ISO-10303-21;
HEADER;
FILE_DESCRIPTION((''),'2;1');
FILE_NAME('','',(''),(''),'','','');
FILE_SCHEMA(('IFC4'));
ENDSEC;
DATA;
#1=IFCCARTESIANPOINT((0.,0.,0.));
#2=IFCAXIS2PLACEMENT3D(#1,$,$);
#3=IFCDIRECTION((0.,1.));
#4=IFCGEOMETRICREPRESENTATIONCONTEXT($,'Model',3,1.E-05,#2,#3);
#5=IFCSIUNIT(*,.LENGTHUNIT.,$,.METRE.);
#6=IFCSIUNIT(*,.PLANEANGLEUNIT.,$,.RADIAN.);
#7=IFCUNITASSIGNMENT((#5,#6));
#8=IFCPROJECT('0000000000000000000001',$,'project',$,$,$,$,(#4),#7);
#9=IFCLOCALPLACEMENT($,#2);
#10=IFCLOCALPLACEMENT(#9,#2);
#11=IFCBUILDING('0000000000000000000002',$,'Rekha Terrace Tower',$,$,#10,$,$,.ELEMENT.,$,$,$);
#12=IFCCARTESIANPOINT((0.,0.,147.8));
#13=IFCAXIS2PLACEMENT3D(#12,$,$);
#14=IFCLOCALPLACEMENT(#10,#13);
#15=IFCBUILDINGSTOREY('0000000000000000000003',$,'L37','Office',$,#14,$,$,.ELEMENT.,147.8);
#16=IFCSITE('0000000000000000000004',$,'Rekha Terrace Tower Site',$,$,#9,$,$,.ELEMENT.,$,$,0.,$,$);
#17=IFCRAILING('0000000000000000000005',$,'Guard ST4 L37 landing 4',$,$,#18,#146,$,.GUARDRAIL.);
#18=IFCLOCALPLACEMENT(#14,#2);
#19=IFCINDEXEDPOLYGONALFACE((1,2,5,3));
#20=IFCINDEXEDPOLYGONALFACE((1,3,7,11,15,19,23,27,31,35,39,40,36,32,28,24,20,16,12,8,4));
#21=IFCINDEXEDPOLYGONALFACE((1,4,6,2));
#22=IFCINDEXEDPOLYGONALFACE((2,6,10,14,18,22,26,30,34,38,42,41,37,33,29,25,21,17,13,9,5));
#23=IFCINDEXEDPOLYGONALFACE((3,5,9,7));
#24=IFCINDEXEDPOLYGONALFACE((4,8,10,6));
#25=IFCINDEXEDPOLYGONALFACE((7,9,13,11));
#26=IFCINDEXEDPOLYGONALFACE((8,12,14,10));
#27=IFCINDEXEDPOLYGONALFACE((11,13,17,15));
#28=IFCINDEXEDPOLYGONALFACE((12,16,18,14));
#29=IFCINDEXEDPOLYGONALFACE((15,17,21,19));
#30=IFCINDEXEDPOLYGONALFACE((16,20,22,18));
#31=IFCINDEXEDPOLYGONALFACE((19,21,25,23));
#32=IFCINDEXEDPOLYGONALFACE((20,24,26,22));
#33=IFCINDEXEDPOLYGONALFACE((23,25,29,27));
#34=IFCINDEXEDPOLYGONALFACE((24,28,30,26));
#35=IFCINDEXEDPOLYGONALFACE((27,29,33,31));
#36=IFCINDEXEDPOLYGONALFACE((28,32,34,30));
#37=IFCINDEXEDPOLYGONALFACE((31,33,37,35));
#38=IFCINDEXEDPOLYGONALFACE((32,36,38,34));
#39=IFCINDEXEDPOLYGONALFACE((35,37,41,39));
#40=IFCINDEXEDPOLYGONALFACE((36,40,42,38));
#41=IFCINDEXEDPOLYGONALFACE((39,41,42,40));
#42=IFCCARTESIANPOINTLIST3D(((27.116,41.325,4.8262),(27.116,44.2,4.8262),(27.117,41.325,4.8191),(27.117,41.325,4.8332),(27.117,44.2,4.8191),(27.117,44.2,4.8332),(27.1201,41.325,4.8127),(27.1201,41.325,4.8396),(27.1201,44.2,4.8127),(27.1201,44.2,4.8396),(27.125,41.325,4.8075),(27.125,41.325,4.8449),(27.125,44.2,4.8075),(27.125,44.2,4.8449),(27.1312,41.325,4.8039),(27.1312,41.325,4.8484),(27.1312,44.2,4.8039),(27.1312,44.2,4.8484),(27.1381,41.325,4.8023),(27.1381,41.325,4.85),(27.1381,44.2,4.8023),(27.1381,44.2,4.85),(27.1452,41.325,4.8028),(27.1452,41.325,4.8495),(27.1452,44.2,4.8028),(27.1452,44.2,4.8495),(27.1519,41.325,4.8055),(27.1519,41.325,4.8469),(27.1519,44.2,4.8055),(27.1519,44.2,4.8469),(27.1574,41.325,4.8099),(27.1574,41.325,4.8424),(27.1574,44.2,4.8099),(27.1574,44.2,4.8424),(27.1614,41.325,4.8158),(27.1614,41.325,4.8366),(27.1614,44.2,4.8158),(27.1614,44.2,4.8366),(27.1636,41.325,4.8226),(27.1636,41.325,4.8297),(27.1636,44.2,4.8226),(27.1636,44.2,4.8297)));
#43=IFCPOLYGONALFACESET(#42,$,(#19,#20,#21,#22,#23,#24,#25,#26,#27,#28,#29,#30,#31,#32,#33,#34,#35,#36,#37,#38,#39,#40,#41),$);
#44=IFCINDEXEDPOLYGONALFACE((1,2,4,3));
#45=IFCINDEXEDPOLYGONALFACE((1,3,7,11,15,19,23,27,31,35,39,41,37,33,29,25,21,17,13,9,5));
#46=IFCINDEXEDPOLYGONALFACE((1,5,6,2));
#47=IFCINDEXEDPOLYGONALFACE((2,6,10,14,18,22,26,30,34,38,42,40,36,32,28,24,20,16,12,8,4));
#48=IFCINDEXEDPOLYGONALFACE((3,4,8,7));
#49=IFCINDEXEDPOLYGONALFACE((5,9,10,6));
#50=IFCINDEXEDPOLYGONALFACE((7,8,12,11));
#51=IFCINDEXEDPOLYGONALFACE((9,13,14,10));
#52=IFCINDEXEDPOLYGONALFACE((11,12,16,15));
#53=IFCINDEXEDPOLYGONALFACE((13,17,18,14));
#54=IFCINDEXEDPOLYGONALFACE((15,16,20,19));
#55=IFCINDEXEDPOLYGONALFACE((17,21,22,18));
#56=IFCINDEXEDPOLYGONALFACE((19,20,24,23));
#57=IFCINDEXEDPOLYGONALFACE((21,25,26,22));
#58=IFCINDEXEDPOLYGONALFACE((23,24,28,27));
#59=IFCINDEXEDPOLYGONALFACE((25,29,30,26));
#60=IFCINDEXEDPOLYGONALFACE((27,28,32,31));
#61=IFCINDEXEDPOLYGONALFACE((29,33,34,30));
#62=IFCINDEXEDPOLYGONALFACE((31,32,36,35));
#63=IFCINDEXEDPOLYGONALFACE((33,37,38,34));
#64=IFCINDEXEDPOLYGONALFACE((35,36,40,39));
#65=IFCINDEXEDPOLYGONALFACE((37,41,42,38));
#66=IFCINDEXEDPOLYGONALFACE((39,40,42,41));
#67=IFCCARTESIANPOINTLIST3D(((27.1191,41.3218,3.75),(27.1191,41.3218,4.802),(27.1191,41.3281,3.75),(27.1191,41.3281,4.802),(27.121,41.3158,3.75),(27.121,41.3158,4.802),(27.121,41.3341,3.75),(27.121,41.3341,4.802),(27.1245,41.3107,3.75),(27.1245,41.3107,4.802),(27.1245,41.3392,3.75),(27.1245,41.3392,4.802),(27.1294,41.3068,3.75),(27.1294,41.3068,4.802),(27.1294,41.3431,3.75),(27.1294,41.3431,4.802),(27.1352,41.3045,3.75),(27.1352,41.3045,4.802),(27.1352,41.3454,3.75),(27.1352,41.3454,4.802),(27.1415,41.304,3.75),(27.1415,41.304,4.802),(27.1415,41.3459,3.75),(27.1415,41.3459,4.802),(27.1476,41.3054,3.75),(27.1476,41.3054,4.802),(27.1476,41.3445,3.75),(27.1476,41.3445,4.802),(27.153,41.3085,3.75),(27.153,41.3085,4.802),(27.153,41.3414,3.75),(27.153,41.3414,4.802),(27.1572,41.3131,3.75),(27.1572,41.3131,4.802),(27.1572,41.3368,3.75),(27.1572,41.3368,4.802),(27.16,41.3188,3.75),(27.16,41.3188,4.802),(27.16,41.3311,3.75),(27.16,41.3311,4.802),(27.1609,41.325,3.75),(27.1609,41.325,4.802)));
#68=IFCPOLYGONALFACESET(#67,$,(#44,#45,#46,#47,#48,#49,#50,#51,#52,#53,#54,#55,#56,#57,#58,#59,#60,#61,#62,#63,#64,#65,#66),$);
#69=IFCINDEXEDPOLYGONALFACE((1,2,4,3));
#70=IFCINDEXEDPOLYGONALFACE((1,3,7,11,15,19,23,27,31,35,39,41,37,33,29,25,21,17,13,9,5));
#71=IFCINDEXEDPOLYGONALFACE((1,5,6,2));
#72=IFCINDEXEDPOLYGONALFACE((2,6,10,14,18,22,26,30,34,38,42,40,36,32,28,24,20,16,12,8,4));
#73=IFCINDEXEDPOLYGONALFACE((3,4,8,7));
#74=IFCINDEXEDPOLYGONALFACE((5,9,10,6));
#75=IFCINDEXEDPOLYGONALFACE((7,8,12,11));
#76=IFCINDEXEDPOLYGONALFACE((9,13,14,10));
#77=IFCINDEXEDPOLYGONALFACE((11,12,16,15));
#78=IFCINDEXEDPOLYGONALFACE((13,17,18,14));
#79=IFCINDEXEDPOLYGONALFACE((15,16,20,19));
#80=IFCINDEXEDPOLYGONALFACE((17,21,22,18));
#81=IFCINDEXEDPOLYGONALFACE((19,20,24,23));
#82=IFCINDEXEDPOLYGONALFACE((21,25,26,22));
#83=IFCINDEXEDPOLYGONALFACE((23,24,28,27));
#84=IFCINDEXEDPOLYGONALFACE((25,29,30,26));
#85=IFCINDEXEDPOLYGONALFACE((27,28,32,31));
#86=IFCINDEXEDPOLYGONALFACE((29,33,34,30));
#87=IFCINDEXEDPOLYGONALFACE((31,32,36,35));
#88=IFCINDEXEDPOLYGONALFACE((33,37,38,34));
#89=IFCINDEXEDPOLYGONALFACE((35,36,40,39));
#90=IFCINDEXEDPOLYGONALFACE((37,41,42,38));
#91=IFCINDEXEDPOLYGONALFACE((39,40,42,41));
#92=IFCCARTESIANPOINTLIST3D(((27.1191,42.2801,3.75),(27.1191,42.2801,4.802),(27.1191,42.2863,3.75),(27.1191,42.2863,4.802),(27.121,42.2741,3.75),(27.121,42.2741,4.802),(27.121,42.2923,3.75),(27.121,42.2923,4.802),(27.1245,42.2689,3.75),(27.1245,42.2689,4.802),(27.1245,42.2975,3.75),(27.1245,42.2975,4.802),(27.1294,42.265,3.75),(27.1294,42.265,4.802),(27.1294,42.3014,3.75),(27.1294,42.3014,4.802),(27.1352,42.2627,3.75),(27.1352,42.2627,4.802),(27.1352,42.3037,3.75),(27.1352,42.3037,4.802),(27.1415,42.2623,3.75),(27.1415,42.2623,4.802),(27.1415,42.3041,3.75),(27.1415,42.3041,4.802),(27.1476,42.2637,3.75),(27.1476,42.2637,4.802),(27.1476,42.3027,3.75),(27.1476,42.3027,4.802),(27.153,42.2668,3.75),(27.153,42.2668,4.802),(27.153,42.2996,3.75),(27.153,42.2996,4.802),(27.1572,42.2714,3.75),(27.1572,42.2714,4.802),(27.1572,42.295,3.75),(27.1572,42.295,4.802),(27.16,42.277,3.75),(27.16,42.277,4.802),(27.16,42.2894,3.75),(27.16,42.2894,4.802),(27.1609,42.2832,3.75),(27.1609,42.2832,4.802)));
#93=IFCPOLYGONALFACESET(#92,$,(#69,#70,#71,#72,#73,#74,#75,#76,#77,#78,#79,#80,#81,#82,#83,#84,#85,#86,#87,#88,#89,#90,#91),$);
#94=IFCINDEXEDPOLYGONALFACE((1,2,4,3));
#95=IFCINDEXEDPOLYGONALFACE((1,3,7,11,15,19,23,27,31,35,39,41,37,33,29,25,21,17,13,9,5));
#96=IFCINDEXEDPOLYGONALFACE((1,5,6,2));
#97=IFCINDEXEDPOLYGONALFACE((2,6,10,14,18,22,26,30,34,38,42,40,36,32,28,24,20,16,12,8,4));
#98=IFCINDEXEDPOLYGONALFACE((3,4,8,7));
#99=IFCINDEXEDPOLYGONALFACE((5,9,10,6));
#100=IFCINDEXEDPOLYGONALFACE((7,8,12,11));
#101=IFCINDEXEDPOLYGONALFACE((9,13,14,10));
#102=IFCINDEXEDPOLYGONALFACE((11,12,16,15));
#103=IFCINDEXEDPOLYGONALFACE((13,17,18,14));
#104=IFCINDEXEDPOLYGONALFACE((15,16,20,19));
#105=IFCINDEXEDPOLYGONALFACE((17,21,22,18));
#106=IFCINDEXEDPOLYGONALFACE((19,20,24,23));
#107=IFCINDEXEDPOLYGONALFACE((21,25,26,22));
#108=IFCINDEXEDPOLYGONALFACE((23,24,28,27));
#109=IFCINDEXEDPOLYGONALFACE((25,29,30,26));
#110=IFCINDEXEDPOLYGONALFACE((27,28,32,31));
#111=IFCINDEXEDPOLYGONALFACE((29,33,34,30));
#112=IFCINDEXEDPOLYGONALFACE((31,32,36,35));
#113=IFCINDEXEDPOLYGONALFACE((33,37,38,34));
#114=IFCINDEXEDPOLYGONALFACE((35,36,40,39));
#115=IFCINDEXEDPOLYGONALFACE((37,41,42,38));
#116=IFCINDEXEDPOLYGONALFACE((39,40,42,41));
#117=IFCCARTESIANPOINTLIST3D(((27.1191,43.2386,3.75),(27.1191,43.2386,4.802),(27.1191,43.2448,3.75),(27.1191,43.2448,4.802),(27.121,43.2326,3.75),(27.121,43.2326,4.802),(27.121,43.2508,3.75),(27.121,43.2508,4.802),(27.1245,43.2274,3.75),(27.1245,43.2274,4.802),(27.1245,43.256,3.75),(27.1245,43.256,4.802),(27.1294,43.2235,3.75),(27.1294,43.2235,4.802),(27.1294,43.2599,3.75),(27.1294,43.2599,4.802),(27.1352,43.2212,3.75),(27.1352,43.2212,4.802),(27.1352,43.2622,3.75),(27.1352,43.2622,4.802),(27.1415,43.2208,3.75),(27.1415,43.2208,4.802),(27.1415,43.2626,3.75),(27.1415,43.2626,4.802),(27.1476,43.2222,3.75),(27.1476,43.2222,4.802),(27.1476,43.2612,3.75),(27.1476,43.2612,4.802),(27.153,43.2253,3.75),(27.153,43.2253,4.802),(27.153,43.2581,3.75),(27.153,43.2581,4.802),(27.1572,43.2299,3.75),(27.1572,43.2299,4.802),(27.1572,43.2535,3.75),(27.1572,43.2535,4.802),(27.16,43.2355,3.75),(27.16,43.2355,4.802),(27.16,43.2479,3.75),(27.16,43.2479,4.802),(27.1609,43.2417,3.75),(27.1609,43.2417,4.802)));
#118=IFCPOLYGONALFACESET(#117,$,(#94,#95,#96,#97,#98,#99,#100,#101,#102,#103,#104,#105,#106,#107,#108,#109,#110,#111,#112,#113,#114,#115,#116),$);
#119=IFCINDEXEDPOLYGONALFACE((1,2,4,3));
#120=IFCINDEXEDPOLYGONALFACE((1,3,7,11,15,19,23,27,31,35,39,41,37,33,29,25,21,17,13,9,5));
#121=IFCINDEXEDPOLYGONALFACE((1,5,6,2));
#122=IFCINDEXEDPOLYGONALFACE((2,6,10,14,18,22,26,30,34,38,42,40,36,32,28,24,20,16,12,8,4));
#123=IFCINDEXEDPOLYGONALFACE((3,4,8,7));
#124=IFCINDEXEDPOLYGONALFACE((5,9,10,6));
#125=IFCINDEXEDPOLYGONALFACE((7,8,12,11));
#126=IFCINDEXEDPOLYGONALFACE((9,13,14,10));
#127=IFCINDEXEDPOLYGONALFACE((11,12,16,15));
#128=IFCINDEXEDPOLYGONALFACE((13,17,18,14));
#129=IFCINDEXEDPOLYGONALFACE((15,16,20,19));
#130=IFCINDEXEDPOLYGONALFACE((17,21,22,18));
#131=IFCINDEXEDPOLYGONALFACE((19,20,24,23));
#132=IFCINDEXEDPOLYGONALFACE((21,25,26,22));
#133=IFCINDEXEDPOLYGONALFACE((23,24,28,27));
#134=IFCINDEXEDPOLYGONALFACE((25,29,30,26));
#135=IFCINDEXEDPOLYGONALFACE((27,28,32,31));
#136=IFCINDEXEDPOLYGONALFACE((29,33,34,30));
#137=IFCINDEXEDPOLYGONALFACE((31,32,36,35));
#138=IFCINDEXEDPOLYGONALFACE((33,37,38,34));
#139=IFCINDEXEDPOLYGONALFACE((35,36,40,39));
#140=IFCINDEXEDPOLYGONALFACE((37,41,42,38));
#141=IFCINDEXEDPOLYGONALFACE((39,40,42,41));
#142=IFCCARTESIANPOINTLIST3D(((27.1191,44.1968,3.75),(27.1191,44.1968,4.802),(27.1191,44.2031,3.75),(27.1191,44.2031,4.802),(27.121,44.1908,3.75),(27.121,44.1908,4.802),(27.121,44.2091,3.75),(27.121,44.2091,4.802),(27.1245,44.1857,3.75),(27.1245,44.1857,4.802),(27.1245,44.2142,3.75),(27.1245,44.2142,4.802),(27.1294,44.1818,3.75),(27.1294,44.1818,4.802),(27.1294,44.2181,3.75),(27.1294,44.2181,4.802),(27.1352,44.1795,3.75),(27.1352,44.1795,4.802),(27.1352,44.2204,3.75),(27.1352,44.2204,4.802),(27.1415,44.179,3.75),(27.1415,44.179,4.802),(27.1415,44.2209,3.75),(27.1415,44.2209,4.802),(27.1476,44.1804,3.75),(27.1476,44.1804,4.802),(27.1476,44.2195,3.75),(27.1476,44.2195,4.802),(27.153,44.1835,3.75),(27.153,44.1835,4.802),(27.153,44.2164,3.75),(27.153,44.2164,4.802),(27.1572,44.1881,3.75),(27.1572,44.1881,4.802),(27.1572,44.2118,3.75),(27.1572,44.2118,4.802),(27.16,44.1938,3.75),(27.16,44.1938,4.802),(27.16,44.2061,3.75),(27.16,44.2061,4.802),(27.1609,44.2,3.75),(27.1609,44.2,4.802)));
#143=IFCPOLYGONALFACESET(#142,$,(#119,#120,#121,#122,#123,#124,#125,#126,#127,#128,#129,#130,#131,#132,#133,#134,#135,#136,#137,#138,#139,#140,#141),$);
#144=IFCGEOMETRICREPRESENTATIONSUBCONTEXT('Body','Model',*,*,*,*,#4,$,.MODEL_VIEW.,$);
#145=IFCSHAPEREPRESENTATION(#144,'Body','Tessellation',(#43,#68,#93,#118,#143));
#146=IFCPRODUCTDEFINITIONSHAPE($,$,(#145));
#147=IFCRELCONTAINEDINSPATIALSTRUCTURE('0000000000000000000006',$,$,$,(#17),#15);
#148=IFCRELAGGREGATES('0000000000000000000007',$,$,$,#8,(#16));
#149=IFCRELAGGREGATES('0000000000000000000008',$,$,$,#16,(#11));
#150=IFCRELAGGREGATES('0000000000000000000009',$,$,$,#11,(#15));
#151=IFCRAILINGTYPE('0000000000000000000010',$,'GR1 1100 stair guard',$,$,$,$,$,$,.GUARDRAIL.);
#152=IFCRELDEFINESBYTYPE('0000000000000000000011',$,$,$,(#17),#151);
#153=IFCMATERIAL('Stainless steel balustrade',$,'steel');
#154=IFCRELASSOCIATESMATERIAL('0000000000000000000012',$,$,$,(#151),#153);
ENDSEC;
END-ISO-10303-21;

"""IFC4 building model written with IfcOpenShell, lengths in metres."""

from ifc_helpers import new_model, si_unit, direction, frame, origin, origin_2d, place, context, subcontext, project, spatial, circle, extrude, material, type_object, element, save


model = new_model("IFC4")

# Units and contexts
model_context = context("Model", 3, precision=1e-05, world=origin(), true_north=direction((0.0, 1.0)))
body_context = subcontext(model_context, "Body", "Model", "MODEL_VIEW")
ifc_project = project(units=[si_unit("LENGTHUNIT", "METRE"), si_unit("PLANEANGLEUNIT", "RADIAN")], contexts=[model_context])

# Site, building, storey
site_placement = place(None, origin())
site = spatial("IfcSite", under=ifc_project, at=site_placement, Name="Rekha Terrace Tower Site", CompositionType="ELEMENT", RefElevation=0.0)
building_placement = place(site_placement, origin())
building = spatial("IfcBuilding", under=site, at=building_placement, Name="Rekha Terrace Tower", CompositionType="ELEMENT")
storey_placement = place(building_placement, frame((0.0, 0.0, 147.8)))
storey = spatial("IfcBuildingStorey", under=building, at=storey_placement, Name="L37", Description="Office", CompositionType="ELEMENT", Elevation=147.8)

# Railing
ifc_material_1 = material(Name="Stainless steel balustrade", Category="steel")
railing_type_1 = type_object("IfcRailingType", Name="GR1 1100 stair guard", PredefinedType="GUARDRAIL", material=ifc_material_1)
railing_1_placement = place(storey_placement, frame((27.1399, 41.325, 3.75)))
element("IfcRailing", 1, at=railing_1_placement, inside=storey, type_object=railing_type_1, Name="Guard ST4 L37 landing 4", PredefinedType="GUARDRAIL", context=body_context, shape_type="SweptSolid", body=[
    extrude(circle(Radius=0.0239, at=origin_2d()), frame((0.0, 0.0, 1.0762), z_axis=(0.0, 1.0, 0.0), x_axis=(-1.0, 0.0, 0.0)), (0.0, 0.0, 1.0), 2.875),
    extrude(circle(Radius=0.021, at=origin_2d()), origin(), (0.0, 0.0, 1.0), 1.052),
    extrude(circle(Radius=0.021, at=origin_2d()), frame((0.0, 0.9583, 0.0)), (0.0, 0.0, 1.0), 1.052),
    extrude(circle(Radius=0.021, at=origin_2d()), frame((0.0, 1.9167, 0.0)), (0.0, 0.0, 1.0), 1.052),
    extrude(circle(Radius=0.021, at=origin_2d()), frame((0.0, 2.875, 0.0)), (0.0, 0.0, 1.0), 1.052),
])

save(model, "model.ifc")
